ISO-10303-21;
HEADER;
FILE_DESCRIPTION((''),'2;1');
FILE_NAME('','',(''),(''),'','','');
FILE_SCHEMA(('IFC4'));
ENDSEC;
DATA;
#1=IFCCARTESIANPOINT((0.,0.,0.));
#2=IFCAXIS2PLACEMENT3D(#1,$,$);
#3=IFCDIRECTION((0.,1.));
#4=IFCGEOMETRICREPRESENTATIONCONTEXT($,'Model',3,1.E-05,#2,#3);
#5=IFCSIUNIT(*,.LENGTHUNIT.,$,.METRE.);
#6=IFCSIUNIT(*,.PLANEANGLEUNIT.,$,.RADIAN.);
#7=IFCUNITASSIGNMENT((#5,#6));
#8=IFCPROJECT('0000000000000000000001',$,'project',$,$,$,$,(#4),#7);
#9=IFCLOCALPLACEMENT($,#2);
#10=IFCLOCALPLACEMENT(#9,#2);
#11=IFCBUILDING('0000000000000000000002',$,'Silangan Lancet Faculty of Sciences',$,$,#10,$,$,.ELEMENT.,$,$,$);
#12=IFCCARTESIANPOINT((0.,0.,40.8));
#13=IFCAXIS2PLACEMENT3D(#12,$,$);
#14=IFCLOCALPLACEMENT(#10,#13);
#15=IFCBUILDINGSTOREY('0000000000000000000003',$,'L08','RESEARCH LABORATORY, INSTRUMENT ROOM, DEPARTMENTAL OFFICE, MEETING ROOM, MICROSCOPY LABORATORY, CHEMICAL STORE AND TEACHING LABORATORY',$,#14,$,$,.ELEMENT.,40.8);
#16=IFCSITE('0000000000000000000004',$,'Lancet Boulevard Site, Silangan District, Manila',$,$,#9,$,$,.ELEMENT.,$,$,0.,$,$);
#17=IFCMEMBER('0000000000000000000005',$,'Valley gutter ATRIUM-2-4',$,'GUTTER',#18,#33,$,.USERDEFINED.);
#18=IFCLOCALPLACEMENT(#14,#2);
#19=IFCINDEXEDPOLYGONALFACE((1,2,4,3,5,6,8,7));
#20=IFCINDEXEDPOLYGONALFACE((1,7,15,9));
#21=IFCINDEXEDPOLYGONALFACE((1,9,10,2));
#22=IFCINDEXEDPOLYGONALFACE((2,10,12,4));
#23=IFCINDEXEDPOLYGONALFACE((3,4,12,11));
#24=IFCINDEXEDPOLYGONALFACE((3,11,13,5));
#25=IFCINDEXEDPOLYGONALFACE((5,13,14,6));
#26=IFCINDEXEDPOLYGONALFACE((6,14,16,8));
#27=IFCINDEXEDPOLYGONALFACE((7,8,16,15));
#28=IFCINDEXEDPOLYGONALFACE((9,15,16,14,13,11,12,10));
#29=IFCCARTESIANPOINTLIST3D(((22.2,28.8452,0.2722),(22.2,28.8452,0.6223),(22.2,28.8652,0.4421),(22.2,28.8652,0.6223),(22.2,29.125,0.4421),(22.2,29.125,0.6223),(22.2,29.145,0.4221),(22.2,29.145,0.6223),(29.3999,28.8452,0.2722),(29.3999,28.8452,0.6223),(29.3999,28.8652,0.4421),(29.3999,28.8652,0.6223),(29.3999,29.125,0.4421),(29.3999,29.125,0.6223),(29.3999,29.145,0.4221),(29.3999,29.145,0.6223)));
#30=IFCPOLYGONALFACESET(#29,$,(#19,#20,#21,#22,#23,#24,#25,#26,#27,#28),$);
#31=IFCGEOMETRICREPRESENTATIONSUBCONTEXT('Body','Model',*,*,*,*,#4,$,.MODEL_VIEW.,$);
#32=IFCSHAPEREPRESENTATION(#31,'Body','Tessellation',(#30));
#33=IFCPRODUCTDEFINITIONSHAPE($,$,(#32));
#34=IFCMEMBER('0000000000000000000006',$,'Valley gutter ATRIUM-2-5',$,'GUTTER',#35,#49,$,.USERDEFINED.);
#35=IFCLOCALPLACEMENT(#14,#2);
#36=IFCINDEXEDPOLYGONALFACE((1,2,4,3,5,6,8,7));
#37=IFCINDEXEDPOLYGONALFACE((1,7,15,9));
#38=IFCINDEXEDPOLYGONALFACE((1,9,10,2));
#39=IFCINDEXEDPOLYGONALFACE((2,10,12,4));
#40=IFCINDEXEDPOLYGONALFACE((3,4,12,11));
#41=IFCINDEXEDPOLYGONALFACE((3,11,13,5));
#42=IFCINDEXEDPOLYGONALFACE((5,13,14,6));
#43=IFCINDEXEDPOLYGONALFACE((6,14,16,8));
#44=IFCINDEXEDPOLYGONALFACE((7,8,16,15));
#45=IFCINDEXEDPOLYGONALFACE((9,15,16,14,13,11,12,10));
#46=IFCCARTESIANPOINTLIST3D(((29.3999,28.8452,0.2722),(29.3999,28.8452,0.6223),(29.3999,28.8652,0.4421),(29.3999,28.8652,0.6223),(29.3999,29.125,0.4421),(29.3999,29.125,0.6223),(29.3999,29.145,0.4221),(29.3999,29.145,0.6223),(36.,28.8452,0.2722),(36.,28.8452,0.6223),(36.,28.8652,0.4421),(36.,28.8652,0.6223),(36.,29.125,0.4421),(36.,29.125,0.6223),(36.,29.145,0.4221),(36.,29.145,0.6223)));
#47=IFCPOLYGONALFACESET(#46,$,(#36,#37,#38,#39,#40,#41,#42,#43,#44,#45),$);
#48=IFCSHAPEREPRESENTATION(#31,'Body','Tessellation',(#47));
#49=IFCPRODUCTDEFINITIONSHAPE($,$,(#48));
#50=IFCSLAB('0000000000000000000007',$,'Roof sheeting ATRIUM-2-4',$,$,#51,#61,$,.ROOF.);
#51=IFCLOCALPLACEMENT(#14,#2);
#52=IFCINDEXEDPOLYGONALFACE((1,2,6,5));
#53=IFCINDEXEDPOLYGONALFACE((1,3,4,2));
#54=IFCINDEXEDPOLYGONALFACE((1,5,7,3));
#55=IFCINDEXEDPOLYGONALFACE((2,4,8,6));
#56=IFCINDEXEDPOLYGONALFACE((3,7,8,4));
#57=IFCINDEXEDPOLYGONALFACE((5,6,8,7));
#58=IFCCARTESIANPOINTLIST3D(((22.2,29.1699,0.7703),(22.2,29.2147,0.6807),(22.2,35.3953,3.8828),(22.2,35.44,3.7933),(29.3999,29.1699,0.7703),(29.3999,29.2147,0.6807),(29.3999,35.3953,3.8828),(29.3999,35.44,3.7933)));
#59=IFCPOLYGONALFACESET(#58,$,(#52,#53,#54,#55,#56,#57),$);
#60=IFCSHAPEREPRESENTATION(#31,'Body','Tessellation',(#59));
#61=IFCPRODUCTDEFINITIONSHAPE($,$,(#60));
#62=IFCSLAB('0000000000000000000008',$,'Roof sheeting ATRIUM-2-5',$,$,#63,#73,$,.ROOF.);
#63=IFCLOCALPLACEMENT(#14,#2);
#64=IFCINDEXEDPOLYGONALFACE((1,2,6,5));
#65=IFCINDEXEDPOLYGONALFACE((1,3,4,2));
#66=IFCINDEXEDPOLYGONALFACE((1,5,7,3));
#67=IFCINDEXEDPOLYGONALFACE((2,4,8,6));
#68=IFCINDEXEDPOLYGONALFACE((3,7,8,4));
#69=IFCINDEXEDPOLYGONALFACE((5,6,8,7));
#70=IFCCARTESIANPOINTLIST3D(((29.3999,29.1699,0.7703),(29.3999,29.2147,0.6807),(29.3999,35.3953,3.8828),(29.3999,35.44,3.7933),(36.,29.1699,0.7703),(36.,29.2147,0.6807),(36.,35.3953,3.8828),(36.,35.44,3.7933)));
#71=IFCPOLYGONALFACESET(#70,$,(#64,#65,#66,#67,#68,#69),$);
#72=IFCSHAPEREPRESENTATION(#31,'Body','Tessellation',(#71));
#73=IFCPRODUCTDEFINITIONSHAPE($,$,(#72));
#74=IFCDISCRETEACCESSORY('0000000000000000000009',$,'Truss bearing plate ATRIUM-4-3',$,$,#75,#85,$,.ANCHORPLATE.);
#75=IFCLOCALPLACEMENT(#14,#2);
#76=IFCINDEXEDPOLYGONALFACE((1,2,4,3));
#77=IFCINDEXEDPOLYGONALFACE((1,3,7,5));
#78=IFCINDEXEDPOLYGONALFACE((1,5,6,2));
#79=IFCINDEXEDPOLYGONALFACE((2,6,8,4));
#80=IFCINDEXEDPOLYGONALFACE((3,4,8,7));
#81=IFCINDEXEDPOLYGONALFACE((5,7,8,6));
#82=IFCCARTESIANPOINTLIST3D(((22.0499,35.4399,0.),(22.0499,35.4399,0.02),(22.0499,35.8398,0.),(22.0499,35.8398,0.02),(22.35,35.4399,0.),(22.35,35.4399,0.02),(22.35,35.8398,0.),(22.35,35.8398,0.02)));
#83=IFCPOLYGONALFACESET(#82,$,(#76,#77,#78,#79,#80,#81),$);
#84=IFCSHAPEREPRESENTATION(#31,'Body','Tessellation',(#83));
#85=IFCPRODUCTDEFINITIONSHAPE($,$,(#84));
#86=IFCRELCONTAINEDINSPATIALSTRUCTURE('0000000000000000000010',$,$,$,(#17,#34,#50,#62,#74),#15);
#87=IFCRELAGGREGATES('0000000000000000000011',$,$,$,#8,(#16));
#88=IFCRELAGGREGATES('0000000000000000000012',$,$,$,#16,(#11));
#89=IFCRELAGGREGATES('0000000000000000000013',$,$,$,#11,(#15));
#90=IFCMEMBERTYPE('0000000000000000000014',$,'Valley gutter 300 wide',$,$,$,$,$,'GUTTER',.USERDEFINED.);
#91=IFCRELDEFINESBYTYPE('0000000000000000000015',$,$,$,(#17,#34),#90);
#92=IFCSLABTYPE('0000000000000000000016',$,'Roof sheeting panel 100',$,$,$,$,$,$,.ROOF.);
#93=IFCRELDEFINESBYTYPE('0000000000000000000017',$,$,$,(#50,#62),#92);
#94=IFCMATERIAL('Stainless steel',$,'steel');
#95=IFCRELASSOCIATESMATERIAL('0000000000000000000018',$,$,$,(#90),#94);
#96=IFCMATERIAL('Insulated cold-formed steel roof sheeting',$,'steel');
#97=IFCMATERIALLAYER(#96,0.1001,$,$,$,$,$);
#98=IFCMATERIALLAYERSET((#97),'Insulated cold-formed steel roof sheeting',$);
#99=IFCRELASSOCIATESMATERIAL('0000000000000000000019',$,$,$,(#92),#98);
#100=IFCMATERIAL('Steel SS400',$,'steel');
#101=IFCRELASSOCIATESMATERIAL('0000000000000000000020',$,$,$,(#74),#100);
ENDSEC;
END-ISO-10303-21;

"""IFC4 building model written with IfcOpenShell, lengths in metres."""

from ifc_helpers import new_model, si_unit, direction, frame, origin, origin_2d, place, context, subcontext, project, spatial, polyline, rectangle, outline, extrude, material, layer, layer_set, material_profile, profile_set, type_object, element, save


model = new_model("IFC4")

# Units and contexts
model_context = context("Model", 3, precision=1e-05, world=origin(), true_north=direction((0.0, 1.0)))
body_context = subcontext(model_context, "Body", "Model", "MODEL_VIEW")
ifc_project = project(units=[si_unit("LENGTHUNIT", "METRE"), si_unit("PLANEANGLEUNIT", "RADIAN")], contexts=[model_context])

# Site, building, storey
site_placement = place(None, origin())
site = spatial("IfcSite", under=ifc_project, at=site_placement, Name="Lancet Boulevard Site, Silangan District, Manila", CompositionType="ELEMENT", RefElevation=0.0)
building_placement = place(site_placement, origin())
building = spatial("IfcBuilding", under=site, at=building_placement, Name="Silangan Lancet Faculty of Sciences", CompositionType="ELEMENT")
storey_placement = place(building_placement, frame((0.0, 0.0, 40.8)))
storey = spatial("IfcBuildingStorey", under=building, at=storey_placement, Name="L08", Description="RESEARCH LABORATORY, INSTRUMENT ROOM, DEPARTMENTAL OFFICE, MEETING ROOM, MICROSCOPY LABORATORY, CHEMICAL STORE AND TEACHING LABORATORY", CompositionType="ELEMENT", Elevation=40.8)

# Members
ifc_material_1 = material(Name="Stainless steel", Category="steel")
ifc_material_profile_1 = material_profile(ifc_material_1, outline(polyline([(-0.1499, 0.0), (0.1499, 0.1499), (0.1499, 0.3501), (0.1299, 0.3501), (0.1299, 0.1699), (-0.1299, 0.1699), (-0.1299, 0.3501), (-0.1499, 0.3501), (-0.1499, 0.0)])), Name="valley gutter")
ifc_profile_set_1 = profile_set([ifc_material_profile_1], Name="Stainless steel")
member_type_1 = type_object("IfcMemberType", Name="Valley gutter 300 wide", ElementType="GUTTER", PredefinedType="USERDEFINED", material=ifc_profile_set_1)
member_1_placement = place(storey_placement, frame((22.2, 28.9951, 0.2722), z_axis=(1.0, 0.0, 0.0), x_axis=(0.0, 1.0, 0.0)))
element("IfcMember", 1, at=member_1_placement, inside=storey, type_object=member_type_1, Name="Valley gutter ATRIUM-2-4", ObjectType="GUTTER", PredefinedType="USERDEFINED", context=body_context, shape_type="SweptSolid", body=[
    extrude(outline(polyline([(-0.1499, 0.0), (0.1499, 0.1499), (0.1499, 0.3501), (0.1299, 0.3501), (0.1299, 0.1699), (-0.1299, 0.1699), (-0.1299, 0.3501), (-0.1499, 0.3501), (-0.1499, 0.0)])), origin(), (0.0, 0.0, 1.0), 7.2),
])
member_2_placement = place(storey_placement, frame((29.3999, 28.9951, 0.2722), z_axis=(1.0, 0.0, 0.0), x_axis=(0.0, 1.0, 0.0)))
element("IfcMember", 2, at=member_2_placement, inside=storey, type_object=member_type_1, Name="Valley gutter ATRIUM-2-5", ObjectType="GUTTER", PredefinedType="USERDEFINED", context=body_context, shape_type="SweptSolid", body=[
    extrude(outline(polyline([(-0.1499, 0.0), (0.1499, 0.1499), (0.1499, 0.3501), (0.1299, 0.3501), (0.1299, 0.1699), (-0.1299, 0.1699), (-0.1299, 0.3501), (-0.1499, 0.3501), (-0.1499, 0.0)])), origin(), (0.0, 0.0, 1.0), 6.6001),
])

# Slabs
ifc_material_2 = material(Name="Insulated cold-formed steel roof sheeting", Category="steel")
ifc_layer = layer(ifc_material_2, 0.1001)
ifc_layer_set = layer_set([ifc_layer], Name="Insulated cold-formed steel roof sheeting")
slab_type = type_object("IfcSlabType", Name="Roof sheeting panel 100", PredefinedType="ROOF", material=ifc_layer_set)
slab_1_placement = place(storey_placement, frame((22.2, 29.1699, 0.7703), z_axis=(0.0, -0.4472, 0.894434), x_axis=(1.0, 0.0, 0.0)))
element("IfcSlab", 3, at=slab_1_placement, inside=storey, type_object=slab_type, Name="Roof sheeting ATRIUM-2-4", PredefinedType="ROOF", context=body_context, shape_type="SweptSolid", body=[
    extrude(outline(polyline([(0.0, 0.0), (7.2, 0.0), (7.2, 6.9601), (0.0, 6.9601), (0.0, 0.0)])), origin(), (0.0, 0.0, -1.0), 0.1001),
])
slab_2_placement = place(storey_placement, frame((29.3999, 29.1699, 0.7703), z_axis=(0.0, -0.4472, 0.894434), x_axis=(1.0, 0.0, 0.0)))
element("IfcSlab", 4, at=slab_2_placement, inside=storey, type_object=slab_type, Name="Roof sheeting ATRIUM-2-5", PredefinedType="ROOF", context=body_context, shape_type="SweptSolid", body=[
    extrude(outline(polyline([(0.0, 0.0), (6.6001, 0.0), (6.6001, 6.9601), (0.0, 6.9601), (0.0, 0.0)])), origin(), (0.0, 0.0, -1.0), 0.1001),
])

# Discrete accessory
ifc_material_3 = material(Name="Steel SS400", Category="steel")
discrete_accessory_placement = place(storey_placement, frame((22.2, 35.6399, 0.0), z_axis=(0.0, 0.0, 1.0), x_axis=(1.0, 0.0, 0.0)))
element("IfcDiscreteAccessory", 5, at=discrete_accessory_placement, inside=storey, material=ifc_material_3, Name="Truss bearing plate ATRIUM-4-3", PredefinedType="ANCHORPLATE", context=body_context, shape_type="SweptSolid", body=[
    extrude(rectangle(XDim=0.3, YDim=0.3999, at=origin_2d()), origin(), (0.0, 0.0, 1.0), 0.02),
])

save(model, "model.ifc")
